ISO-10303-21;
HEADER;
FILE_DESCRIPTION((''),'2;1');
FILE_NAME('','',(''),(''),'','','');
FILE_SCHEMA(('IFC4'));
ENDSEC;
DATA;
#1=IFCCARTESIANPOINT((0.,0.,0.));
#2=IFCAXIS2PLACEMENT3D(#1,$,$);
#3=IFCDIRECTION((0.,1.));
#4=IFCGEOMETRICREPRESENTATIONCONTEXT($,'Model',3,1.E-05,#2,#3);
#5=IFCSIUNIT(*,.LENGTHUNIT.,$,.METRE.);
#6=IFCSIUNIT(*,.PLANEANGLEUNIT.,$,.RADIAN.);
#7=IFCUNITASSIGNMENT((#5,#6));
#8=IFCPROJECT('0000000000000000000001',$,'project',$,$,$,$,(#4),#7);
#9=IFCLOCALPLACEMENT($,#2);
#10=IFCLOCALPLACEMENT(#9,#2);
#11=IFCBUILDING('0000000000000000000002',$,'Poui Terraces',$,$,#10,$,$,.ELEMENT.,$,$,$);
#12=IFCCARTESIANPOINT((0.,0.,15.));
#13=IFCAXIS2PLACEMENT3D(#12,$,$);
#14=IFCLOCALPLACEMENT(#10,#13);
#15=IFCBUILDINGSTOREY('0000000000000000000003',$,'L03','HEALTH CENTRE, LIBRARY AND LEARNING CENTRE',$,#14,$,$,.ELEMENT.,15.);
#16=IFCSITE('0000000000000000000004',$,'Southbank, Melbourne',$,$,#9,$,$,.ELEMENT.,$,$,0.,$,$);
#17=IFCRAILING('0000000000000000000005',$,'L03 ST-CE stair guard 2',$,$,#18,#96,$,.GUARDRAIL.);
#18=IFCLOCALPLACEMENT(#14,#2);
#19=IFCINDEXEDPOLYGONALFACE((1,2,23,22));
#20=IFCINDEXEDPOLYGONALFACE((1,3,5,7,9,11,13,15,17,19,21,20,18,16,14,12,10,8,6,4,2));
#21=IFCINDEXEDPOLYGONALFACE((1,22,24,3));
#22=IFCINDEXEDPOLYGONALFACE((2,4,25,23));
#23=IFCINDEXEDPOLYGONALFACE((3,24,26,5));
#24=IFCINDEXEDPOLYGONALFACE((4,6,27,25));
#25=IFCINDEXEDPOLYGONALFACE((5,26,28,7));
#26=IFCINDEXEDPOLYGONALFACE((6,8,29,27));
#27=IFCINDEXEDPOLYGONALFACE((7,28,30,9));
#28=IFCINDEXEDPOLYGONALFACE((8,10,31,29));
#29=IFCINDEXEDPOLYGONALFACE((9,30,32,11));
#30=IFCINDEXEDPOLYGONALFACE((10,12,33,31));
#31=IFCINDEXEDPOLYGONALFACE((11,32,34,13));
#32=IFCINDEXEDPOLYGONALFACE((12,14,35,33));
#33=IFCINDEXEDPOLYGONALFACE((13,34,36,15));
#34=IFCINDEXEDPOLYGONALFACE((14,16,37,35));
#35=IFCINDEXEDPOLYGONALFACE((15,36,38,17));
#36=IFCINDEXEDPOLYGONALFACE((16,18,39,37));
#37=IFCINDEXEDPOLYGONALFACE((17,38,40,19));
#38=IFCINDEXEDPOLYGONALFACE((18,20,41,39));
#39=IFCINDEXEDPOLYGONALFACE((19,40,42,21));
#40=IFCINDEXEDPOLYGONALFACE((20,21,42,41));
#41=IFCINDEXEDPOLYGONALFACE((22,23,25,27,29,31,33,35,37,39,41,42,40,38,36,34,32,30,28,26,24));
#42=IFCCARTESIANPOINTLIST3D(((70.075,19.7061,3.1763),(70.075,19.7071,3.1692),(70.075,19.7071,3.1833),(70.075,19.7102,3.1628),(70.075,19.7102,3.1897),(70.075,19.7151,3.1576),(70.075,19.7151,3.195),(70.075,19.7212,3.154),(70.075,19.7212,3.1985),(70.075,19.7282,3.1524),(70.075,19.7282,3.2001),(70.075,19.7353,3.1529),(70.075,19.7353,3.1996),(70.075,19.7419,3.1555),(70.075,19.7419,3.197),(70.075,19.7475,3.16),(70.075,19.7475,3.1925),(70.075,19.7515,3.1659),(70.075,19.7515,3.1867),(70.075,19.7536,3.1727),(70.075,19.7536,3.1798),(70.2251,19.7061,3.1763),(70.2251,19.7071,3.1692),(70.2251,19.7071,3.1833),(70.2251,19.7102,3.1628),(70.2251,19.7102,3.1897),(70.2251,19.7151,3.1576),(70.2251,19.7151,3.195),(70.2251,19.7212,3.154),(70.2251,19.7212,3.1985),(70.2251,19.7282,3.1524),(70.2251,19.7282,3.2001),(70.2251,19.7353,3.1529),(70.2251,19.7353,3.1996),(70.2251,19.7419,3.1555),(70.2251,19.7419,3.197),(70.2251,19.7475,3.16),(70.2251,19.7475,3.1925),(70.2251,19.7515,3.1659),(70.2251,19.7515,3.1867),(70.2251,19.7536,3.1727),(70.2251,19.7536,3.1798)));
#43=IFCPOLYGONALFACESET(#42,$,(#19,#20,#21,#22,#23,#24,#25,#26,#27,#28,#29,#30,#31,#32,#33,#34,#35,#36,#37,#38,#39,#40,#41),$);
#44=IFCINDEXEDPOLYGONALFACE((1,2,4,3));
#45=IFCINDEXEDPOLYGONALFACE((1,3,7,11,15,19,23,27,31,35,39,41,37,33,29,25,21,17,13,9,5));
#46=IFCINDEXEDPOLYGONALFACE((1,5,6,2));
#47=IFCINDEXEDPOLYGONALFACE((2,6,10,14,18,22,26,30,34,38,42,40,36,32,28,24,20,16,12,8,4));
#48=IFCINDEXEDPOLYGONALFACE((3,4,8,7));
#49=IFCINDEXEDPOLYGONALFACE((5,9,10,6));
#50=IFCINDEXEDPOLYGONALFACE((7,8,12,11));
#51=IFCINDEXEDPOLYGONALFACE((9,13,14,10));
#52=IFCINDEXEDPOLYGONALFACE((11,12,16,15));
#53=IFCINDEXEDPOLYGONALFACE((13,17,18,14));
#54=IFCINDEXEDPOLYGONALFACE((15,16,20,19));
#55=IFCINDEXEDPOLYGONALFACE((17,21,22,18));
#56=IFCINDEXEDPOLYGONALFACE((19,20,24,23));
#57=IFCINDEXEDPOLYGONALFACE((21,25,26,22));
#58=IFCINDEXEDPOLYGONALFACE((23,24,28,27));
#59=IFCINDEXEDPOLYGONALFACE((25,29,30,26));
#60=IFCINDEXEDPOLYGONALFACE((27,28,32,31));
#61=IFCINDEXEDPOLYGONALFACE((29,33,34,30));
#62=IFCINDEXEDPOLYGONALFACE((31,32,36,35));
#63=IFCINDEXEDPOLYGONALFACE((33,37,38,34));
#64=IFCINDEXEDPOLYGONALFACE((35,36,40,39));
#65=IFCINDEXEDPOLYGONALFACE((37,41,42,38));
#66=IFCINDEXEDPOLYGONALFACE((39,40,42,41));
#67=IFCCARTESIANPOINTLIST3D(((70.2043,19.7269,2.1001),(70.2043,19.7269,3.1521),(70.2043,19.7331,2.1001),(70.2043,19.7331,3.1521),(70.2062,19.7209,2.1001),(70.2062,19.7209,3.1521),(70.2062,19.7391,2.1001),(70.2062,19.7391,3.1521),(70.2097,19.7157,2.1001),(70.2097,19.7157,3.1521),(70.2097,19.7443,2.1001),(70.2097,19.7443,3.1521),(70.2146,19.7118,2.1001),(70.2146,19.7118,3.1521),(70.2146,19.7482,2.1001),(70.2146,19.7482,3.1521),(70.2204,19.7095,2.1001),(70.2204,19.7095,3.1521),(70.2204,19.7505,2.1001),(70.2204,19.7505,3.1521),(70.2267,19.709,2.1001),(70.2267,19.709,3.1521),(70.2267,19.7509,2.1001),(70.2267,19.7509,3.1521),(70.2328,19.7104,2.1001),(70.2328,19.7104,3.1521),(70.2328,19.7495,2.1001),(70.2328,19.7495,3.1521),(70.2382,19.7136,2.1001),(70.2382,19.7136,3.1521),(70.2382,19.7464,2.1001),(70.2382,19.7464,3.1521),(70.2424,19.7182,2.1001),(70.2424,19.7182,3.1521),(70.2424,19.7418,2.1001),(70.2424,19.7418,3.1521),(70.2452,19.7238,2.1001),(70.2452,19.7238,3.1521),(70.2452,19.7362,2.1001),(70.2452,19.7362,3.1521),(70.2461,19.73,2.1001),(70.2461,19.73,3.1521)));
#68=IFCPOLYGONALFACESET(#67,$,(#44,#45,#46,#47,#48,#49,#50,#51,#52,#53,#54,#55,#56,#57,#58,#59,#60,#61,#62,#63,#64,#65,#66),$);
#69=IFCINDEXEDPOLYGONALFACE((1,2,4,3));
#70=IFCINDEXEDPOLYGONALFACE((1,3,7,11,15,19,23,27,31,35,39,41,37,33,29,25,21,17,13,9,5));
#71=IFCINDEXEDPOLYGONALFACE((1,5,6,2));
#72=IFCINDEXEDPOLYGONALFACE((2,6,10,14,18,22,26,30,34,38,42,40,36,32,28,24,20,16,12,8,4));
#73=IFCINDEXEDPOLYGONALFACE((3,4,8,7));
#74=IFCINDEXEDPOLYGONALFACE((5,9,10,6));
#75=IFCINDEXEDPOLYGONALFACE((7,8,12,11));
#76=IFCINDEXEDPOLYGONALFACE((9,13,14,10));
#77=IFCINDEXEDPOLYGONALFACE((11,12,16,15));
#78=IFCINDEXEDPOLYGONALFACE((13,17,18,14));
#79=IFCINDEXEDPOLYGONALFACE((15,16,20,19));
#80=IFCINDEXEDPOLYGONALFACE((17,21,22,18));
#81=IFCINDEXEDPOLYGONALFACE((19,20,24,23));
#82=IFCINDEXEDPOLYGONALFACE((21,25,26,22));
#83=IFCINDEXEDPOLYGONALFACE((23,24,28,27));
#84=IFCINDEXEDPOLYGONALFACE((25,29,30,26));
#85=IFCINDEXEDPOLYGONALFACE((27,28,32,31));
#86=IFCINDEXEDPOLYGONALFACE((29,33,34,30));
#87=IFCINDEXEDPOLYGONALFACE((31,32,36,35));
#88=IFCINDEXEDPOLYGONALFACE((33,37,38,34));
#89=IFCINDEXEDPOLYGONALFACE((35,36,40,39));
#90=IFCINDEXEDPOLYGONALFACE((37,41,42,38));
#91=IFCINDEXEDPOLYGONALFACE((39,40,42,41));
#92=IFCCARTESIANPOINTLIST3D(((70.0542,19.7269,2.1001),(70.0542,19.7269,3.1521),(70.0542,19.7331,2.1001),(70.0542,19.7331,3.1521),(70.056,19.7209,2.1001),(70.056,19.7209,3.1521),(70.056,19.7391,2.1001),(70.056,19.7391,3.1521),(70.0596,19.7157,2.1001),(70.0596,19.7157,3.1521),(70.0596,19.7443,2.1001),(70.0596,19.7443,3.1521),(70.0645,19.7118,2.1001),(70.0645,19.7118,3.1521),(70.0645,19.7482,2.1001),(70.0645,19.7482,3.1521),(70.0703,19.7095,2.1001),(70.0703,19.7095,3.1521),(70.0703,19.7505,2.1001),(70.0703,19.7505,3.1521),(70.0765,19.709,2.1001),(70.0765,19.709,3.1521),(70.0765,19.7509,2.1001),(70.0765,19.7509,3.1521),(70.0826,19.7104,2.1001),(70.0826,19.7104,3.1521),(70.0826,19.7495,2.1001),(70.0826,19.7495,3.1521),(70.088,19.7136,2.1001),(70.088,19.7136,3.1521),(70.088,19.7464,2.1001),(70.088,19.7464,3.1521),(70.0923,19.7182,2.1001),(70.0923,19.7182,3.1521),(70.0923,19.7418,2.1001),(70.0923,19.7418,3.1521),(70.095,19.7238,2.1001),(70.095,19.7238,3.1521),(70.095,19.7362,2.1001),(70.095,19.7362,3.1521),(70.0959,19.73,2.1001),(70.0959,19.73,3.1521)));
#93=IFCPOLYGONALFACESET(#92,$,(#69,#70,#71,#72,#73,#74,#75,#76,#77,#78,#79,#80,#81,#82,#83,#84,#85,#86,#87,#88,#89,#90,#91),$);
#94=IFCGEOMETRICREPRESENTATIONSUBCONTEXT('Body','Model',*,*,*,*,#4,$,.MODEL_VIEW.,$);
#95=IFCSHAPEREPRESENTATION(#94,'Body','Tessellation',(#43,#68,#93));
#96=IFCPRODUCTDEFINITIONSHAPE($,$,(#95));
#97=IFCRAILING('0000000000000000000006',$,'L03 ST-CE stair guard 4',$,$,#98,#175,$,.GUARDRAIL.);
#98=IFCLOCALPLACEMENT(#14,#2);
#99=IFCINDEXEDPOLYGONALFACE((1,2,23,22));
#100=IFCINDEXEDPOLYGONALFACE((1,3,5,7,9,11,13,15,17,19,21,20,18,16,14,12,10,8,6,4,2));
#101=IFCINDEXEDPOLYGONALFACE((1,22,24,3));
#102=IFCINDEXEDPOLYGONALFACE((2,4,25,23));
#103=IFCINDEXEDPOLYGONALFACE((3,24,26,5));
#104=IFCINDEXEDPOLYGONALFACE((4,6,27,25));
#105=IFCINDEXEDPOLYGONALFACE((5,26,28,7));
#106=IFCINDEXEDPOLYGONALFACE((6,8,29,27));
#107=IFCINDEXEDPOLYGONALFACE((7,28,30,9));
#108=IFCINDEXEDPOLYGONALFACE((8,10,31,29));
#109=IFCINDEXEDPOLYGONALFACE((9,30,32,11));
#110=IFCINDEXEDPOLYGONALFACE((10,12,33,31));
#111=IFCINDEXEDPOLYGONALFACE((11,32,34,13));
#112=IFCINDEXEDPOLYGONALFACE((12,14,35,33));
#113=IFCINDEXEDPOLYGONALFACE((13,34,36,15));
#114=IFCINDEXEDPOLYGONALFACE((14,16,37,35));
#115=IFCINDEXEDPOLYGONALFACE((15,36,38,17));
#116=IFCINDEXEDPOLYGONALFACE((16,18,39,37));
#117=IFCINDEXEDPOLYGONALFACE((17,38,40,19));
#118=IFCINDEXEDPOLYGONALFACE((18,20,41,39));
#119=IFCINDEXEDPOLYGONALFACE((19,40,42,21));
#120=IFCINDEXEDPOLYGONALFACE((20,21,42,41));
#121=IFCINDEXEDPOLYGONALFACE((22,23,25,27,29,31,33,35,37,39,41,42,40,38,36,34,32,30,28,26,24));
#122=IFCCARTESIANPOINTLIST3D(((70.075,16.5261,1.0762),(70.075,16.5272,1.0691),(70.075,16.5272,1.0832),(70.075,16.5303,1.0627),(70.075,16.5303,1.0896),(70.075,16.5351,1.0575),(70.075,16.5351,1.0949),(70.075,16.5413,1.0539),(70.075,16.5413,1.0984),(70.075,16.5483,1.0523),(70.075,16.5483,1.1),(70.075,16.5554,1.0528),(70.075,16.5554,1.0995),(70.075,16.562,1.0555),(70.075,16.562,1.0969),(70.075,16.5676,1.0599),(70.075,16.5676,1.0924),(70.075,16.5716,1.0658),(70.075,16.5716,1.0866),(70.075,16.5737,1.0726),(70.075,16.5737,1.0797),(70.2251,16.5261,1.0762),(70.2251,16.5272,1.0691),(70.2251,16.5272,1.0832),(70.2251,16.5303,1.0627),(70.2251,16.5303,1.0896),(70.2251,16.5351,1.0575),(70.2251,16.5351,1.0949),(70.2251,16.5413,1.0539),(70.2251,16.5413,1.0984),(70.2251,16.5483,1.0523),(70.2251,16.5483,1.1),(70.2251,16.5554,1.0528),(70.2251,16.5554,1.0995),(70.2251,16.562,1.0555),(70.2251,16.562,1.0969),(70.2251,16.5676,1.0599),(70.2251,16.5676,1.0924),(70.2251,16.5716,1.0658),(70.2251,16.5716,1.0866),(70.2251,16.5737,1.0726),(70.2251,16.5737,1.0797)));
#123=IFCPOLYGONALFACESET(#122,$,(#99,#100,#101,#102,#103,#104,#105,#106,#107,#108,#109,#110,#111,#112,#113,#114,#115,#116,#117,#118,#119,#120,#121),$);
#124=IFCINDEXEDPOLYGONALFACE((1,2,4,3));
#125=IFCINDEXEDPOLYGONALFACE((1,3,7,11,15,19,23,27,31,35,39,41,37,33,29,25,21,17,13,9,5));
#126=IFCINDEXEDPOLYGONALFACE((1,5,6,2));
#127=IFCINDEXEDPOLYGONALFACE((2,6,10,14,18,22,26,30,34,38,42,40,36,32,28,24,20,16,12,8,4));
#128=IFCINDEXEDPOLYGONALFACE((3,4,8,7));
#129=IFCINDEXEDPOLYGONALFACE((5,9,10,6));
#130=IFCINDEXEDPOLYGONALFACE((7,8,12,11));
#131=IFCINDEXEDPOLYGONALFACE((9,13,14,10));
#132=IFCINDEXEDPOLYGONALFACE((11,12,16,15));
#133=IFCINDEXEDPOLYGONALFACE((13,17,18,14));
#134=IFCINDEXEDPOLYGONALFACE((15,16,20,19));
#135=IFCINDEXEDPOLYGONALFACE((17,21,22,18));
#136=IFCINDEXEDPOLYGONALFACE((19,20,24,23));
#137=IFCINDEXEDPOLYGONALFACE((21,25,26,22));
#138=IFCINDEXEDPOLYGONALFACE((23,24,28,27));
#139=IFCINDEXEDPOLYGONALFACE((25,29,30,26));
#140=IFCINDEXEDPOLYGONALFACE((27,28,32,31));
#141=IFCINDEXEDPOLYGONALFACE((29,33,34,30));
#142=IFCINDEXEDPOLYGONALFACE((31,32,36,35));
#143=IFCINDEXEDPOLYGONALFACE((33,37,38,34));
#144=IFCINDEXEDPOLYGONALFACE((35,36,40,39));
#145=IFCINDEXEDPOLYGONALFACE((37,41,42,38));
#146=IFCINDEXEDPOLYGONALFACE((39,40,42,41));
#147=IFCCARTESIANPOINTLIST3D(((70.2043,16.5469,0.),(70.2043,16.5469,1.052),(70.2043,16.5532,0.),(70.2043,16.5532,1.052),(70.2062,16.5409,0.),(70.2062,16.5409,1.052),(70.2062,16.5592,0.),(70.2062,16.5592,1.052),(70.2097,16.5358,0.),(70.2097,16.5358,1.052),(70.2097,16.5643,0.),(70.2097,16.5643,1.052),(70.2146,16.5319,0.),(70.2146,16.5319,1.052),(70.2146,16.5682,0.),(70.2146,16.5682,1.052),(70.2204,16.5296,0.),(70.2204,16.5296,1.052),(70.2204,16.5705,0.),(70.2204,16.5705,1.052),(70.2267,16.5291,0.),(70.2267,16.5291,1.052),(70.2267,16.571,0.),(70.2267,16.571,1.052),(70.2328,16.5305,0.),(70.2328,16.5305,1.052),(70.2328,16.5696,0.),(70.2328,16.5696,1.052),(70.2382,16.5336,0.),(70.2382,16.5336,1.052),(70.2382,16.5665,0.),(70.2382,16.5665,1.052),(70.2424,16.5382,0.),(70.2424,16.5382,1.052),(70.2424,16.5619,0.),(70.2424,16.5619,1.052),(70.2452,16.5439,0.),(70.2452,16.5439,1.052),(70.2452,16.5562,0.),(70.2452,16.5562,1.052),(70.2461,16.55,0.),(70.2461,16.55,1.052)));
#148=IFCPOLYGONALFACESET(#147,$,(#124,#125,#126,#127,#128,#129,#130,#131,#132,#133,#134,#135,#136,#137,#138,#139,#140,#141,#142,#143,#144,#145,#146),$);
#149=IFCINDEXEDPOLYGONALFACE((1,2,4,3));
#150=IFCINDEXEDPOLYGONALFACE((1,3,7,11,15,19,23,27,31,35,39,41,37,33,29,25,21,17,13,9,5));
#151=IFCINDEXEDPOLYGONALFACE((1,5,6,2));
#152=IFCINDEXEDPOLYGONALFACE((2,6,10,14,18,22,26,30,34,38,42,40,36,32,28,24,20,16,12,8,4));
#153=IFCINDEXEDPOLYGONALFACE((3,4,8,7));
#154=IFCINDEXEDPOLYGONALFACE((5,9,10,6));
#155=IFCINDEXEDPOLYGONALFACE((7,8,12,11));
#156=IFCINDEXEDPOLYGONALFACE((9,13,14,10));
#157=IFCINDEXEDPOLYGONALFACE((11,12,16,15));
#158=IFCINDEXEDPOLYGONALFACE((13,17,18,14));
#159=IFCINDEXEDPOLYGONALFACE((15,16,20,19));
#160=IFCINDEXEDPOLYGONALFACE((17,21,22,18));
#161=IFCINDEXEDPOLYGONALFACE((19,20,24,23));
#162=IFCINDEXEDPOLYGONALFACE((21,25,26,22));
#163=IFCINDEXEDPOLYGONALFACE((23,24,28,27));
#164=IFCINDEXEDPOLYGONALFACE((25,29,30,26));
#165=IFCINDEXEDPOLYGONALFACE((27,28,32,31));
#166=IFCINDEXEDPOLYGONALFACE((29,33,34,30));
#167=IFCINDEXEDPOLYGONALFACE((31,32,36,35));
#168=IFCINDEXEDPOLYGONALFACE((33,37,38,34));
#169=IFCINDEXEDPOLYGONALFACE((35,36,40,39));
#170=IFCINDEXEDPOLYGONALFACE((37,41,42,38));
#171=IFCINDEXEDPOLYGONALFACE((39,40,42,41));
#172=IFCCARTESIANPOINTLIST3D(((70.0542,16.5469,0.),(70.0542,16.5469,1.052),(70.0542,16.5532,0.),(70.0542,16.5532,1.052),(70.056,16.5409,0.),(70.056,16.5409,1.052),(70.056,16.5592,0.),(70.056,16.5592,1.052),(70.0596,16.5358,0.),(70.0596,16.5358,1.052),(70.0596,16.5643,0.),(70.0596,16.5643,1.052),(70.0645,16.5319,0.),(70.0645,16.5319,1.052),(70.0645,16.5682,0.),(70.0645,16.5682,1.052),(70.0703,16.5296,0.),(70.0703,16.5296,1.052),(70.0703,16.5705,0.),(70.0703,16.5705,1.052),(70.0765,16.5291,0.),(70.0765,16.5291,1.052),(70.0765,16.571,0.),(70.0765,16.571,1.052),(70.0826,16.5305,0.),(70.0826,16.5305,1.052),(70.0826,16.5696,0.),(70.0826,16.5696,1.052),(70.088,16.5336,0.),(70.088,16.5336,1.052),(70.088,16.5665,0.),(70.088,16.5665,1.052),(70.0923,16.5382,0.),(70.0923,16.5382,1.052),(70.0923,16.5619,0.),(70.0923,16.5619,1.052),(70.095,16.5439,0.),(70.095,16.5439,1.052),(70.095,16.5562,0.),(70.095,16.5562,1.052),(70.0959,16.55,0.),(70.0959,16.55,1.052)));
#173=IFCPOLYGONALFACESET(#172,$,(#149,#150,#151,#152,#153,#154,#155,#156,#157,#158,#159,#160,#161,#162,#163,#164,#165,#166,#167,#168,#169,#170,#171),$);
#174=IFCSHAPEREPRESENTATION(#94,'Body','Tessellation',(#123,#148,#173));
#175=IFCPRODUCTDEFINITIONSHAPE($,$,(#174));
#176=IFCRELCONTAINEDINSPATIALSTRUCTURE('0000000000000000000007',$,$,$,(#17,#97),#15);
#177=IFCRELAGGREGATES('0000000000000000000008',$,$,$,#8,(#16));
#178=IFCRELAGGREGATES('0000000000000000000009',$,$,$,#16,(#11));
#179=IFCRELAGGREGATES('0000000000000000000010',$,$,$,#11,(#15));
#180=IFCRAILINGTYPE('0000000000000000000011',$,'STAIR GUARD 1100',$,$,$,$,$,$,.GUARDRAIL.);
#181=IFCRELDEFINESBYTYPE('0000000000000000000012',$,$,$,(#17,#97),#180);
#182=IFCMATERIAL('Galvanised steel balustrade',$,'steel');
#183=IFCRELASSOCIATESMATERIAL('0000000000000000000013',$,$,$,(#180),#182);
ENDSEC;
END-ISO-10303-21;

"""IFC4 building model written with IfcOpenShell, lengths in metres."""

from ifc_helpers import new_model, si_unit, direction, frame, origin, origin_2d, place, context, subcontext, project, spatial, circle, extrude, material, type_object, element, save


model = new_model("IFC4")

# Units and contexts
model_context = context("Model", 3, precision=1e-05, world=origin(), true_north=direction((0.0, 1.0)))
body_context = subcontext(model_context, "Body", "Model", "MODEL_VIEW")
ifc_project = project(units=[si_unit("LENGTHUNIT", "METRE"), si_unit("PLANEANGLEUNIT", "RADIAN")], contexts=[model_context])

# Site, building, storey
site_placement = place(None, origin())
site = spatial("IfcSite", under=ifc_project, at=site_placement, Name="Southbank, Melbourne", CompositionType="ELEMENT", RefElevation=0.0)
building_placement = place(site_placement, origin())
building = spatial("IfcBuilding", under=site, at=building_placement, Name="Poui Terraces", CompositionType="ELEMENT")
storey_placement = place(building_placement, frame((0.0, 0.0, 15.0)))
storey = spatial("IfcBuildingStorey", under=building, at=storey_placement, Name="L03", Description="HEALTH CENTRE, LIBRARY AND LEARNING CENTRE", CompositionType="ELEMENT", Elevation=15.0)

# Railings
ifc_material_1 = material(Name="Galvanised steel balustrade", Category="steel")
railing_type_1 = type_object("IfcRailingType", Name="STAIR GUARD 1100", PredefinedType="GUARDRAIL", material=ifc_material_1)
for number, where, name in (
    (1, (70.2251, 19.73, 2.1001), "L03 ST-CE stair guard 2"),
    (2, (70.2251, 16.55, 0.0), "L03 ST-CE stair guard 4"),
):
    element("IfcRailing", number, at=place(storey_placement, frame(where)), inside=storey, type_object=railing_type_1, Name=name, PredefinedType="GUARDRAIL", context=body_context, shape_type="SweptSolid", body=[
        extrude(circle(Radius=0.0239, at=origin_2d()), frame((0.0, 0.0, 1.0762), z_axis=(-1.0, 0.0, 0.0), x_axis=(0.0, -1.0, 0.0)), (0.0, 0.0, 1.0), 0.1501),
        extrude(circle(Radius=0.021, at=origin_2d()), origin(), (0.0, 0.0, 1.0), 1.052),
        extrude(circle(Radius=0.021, at=origin_2d()), frame((-0.1501, 0.0, 0.0)), (0.0, 0.0, 1.0), 1.052),
    ])

save(model, "model.ifc")
